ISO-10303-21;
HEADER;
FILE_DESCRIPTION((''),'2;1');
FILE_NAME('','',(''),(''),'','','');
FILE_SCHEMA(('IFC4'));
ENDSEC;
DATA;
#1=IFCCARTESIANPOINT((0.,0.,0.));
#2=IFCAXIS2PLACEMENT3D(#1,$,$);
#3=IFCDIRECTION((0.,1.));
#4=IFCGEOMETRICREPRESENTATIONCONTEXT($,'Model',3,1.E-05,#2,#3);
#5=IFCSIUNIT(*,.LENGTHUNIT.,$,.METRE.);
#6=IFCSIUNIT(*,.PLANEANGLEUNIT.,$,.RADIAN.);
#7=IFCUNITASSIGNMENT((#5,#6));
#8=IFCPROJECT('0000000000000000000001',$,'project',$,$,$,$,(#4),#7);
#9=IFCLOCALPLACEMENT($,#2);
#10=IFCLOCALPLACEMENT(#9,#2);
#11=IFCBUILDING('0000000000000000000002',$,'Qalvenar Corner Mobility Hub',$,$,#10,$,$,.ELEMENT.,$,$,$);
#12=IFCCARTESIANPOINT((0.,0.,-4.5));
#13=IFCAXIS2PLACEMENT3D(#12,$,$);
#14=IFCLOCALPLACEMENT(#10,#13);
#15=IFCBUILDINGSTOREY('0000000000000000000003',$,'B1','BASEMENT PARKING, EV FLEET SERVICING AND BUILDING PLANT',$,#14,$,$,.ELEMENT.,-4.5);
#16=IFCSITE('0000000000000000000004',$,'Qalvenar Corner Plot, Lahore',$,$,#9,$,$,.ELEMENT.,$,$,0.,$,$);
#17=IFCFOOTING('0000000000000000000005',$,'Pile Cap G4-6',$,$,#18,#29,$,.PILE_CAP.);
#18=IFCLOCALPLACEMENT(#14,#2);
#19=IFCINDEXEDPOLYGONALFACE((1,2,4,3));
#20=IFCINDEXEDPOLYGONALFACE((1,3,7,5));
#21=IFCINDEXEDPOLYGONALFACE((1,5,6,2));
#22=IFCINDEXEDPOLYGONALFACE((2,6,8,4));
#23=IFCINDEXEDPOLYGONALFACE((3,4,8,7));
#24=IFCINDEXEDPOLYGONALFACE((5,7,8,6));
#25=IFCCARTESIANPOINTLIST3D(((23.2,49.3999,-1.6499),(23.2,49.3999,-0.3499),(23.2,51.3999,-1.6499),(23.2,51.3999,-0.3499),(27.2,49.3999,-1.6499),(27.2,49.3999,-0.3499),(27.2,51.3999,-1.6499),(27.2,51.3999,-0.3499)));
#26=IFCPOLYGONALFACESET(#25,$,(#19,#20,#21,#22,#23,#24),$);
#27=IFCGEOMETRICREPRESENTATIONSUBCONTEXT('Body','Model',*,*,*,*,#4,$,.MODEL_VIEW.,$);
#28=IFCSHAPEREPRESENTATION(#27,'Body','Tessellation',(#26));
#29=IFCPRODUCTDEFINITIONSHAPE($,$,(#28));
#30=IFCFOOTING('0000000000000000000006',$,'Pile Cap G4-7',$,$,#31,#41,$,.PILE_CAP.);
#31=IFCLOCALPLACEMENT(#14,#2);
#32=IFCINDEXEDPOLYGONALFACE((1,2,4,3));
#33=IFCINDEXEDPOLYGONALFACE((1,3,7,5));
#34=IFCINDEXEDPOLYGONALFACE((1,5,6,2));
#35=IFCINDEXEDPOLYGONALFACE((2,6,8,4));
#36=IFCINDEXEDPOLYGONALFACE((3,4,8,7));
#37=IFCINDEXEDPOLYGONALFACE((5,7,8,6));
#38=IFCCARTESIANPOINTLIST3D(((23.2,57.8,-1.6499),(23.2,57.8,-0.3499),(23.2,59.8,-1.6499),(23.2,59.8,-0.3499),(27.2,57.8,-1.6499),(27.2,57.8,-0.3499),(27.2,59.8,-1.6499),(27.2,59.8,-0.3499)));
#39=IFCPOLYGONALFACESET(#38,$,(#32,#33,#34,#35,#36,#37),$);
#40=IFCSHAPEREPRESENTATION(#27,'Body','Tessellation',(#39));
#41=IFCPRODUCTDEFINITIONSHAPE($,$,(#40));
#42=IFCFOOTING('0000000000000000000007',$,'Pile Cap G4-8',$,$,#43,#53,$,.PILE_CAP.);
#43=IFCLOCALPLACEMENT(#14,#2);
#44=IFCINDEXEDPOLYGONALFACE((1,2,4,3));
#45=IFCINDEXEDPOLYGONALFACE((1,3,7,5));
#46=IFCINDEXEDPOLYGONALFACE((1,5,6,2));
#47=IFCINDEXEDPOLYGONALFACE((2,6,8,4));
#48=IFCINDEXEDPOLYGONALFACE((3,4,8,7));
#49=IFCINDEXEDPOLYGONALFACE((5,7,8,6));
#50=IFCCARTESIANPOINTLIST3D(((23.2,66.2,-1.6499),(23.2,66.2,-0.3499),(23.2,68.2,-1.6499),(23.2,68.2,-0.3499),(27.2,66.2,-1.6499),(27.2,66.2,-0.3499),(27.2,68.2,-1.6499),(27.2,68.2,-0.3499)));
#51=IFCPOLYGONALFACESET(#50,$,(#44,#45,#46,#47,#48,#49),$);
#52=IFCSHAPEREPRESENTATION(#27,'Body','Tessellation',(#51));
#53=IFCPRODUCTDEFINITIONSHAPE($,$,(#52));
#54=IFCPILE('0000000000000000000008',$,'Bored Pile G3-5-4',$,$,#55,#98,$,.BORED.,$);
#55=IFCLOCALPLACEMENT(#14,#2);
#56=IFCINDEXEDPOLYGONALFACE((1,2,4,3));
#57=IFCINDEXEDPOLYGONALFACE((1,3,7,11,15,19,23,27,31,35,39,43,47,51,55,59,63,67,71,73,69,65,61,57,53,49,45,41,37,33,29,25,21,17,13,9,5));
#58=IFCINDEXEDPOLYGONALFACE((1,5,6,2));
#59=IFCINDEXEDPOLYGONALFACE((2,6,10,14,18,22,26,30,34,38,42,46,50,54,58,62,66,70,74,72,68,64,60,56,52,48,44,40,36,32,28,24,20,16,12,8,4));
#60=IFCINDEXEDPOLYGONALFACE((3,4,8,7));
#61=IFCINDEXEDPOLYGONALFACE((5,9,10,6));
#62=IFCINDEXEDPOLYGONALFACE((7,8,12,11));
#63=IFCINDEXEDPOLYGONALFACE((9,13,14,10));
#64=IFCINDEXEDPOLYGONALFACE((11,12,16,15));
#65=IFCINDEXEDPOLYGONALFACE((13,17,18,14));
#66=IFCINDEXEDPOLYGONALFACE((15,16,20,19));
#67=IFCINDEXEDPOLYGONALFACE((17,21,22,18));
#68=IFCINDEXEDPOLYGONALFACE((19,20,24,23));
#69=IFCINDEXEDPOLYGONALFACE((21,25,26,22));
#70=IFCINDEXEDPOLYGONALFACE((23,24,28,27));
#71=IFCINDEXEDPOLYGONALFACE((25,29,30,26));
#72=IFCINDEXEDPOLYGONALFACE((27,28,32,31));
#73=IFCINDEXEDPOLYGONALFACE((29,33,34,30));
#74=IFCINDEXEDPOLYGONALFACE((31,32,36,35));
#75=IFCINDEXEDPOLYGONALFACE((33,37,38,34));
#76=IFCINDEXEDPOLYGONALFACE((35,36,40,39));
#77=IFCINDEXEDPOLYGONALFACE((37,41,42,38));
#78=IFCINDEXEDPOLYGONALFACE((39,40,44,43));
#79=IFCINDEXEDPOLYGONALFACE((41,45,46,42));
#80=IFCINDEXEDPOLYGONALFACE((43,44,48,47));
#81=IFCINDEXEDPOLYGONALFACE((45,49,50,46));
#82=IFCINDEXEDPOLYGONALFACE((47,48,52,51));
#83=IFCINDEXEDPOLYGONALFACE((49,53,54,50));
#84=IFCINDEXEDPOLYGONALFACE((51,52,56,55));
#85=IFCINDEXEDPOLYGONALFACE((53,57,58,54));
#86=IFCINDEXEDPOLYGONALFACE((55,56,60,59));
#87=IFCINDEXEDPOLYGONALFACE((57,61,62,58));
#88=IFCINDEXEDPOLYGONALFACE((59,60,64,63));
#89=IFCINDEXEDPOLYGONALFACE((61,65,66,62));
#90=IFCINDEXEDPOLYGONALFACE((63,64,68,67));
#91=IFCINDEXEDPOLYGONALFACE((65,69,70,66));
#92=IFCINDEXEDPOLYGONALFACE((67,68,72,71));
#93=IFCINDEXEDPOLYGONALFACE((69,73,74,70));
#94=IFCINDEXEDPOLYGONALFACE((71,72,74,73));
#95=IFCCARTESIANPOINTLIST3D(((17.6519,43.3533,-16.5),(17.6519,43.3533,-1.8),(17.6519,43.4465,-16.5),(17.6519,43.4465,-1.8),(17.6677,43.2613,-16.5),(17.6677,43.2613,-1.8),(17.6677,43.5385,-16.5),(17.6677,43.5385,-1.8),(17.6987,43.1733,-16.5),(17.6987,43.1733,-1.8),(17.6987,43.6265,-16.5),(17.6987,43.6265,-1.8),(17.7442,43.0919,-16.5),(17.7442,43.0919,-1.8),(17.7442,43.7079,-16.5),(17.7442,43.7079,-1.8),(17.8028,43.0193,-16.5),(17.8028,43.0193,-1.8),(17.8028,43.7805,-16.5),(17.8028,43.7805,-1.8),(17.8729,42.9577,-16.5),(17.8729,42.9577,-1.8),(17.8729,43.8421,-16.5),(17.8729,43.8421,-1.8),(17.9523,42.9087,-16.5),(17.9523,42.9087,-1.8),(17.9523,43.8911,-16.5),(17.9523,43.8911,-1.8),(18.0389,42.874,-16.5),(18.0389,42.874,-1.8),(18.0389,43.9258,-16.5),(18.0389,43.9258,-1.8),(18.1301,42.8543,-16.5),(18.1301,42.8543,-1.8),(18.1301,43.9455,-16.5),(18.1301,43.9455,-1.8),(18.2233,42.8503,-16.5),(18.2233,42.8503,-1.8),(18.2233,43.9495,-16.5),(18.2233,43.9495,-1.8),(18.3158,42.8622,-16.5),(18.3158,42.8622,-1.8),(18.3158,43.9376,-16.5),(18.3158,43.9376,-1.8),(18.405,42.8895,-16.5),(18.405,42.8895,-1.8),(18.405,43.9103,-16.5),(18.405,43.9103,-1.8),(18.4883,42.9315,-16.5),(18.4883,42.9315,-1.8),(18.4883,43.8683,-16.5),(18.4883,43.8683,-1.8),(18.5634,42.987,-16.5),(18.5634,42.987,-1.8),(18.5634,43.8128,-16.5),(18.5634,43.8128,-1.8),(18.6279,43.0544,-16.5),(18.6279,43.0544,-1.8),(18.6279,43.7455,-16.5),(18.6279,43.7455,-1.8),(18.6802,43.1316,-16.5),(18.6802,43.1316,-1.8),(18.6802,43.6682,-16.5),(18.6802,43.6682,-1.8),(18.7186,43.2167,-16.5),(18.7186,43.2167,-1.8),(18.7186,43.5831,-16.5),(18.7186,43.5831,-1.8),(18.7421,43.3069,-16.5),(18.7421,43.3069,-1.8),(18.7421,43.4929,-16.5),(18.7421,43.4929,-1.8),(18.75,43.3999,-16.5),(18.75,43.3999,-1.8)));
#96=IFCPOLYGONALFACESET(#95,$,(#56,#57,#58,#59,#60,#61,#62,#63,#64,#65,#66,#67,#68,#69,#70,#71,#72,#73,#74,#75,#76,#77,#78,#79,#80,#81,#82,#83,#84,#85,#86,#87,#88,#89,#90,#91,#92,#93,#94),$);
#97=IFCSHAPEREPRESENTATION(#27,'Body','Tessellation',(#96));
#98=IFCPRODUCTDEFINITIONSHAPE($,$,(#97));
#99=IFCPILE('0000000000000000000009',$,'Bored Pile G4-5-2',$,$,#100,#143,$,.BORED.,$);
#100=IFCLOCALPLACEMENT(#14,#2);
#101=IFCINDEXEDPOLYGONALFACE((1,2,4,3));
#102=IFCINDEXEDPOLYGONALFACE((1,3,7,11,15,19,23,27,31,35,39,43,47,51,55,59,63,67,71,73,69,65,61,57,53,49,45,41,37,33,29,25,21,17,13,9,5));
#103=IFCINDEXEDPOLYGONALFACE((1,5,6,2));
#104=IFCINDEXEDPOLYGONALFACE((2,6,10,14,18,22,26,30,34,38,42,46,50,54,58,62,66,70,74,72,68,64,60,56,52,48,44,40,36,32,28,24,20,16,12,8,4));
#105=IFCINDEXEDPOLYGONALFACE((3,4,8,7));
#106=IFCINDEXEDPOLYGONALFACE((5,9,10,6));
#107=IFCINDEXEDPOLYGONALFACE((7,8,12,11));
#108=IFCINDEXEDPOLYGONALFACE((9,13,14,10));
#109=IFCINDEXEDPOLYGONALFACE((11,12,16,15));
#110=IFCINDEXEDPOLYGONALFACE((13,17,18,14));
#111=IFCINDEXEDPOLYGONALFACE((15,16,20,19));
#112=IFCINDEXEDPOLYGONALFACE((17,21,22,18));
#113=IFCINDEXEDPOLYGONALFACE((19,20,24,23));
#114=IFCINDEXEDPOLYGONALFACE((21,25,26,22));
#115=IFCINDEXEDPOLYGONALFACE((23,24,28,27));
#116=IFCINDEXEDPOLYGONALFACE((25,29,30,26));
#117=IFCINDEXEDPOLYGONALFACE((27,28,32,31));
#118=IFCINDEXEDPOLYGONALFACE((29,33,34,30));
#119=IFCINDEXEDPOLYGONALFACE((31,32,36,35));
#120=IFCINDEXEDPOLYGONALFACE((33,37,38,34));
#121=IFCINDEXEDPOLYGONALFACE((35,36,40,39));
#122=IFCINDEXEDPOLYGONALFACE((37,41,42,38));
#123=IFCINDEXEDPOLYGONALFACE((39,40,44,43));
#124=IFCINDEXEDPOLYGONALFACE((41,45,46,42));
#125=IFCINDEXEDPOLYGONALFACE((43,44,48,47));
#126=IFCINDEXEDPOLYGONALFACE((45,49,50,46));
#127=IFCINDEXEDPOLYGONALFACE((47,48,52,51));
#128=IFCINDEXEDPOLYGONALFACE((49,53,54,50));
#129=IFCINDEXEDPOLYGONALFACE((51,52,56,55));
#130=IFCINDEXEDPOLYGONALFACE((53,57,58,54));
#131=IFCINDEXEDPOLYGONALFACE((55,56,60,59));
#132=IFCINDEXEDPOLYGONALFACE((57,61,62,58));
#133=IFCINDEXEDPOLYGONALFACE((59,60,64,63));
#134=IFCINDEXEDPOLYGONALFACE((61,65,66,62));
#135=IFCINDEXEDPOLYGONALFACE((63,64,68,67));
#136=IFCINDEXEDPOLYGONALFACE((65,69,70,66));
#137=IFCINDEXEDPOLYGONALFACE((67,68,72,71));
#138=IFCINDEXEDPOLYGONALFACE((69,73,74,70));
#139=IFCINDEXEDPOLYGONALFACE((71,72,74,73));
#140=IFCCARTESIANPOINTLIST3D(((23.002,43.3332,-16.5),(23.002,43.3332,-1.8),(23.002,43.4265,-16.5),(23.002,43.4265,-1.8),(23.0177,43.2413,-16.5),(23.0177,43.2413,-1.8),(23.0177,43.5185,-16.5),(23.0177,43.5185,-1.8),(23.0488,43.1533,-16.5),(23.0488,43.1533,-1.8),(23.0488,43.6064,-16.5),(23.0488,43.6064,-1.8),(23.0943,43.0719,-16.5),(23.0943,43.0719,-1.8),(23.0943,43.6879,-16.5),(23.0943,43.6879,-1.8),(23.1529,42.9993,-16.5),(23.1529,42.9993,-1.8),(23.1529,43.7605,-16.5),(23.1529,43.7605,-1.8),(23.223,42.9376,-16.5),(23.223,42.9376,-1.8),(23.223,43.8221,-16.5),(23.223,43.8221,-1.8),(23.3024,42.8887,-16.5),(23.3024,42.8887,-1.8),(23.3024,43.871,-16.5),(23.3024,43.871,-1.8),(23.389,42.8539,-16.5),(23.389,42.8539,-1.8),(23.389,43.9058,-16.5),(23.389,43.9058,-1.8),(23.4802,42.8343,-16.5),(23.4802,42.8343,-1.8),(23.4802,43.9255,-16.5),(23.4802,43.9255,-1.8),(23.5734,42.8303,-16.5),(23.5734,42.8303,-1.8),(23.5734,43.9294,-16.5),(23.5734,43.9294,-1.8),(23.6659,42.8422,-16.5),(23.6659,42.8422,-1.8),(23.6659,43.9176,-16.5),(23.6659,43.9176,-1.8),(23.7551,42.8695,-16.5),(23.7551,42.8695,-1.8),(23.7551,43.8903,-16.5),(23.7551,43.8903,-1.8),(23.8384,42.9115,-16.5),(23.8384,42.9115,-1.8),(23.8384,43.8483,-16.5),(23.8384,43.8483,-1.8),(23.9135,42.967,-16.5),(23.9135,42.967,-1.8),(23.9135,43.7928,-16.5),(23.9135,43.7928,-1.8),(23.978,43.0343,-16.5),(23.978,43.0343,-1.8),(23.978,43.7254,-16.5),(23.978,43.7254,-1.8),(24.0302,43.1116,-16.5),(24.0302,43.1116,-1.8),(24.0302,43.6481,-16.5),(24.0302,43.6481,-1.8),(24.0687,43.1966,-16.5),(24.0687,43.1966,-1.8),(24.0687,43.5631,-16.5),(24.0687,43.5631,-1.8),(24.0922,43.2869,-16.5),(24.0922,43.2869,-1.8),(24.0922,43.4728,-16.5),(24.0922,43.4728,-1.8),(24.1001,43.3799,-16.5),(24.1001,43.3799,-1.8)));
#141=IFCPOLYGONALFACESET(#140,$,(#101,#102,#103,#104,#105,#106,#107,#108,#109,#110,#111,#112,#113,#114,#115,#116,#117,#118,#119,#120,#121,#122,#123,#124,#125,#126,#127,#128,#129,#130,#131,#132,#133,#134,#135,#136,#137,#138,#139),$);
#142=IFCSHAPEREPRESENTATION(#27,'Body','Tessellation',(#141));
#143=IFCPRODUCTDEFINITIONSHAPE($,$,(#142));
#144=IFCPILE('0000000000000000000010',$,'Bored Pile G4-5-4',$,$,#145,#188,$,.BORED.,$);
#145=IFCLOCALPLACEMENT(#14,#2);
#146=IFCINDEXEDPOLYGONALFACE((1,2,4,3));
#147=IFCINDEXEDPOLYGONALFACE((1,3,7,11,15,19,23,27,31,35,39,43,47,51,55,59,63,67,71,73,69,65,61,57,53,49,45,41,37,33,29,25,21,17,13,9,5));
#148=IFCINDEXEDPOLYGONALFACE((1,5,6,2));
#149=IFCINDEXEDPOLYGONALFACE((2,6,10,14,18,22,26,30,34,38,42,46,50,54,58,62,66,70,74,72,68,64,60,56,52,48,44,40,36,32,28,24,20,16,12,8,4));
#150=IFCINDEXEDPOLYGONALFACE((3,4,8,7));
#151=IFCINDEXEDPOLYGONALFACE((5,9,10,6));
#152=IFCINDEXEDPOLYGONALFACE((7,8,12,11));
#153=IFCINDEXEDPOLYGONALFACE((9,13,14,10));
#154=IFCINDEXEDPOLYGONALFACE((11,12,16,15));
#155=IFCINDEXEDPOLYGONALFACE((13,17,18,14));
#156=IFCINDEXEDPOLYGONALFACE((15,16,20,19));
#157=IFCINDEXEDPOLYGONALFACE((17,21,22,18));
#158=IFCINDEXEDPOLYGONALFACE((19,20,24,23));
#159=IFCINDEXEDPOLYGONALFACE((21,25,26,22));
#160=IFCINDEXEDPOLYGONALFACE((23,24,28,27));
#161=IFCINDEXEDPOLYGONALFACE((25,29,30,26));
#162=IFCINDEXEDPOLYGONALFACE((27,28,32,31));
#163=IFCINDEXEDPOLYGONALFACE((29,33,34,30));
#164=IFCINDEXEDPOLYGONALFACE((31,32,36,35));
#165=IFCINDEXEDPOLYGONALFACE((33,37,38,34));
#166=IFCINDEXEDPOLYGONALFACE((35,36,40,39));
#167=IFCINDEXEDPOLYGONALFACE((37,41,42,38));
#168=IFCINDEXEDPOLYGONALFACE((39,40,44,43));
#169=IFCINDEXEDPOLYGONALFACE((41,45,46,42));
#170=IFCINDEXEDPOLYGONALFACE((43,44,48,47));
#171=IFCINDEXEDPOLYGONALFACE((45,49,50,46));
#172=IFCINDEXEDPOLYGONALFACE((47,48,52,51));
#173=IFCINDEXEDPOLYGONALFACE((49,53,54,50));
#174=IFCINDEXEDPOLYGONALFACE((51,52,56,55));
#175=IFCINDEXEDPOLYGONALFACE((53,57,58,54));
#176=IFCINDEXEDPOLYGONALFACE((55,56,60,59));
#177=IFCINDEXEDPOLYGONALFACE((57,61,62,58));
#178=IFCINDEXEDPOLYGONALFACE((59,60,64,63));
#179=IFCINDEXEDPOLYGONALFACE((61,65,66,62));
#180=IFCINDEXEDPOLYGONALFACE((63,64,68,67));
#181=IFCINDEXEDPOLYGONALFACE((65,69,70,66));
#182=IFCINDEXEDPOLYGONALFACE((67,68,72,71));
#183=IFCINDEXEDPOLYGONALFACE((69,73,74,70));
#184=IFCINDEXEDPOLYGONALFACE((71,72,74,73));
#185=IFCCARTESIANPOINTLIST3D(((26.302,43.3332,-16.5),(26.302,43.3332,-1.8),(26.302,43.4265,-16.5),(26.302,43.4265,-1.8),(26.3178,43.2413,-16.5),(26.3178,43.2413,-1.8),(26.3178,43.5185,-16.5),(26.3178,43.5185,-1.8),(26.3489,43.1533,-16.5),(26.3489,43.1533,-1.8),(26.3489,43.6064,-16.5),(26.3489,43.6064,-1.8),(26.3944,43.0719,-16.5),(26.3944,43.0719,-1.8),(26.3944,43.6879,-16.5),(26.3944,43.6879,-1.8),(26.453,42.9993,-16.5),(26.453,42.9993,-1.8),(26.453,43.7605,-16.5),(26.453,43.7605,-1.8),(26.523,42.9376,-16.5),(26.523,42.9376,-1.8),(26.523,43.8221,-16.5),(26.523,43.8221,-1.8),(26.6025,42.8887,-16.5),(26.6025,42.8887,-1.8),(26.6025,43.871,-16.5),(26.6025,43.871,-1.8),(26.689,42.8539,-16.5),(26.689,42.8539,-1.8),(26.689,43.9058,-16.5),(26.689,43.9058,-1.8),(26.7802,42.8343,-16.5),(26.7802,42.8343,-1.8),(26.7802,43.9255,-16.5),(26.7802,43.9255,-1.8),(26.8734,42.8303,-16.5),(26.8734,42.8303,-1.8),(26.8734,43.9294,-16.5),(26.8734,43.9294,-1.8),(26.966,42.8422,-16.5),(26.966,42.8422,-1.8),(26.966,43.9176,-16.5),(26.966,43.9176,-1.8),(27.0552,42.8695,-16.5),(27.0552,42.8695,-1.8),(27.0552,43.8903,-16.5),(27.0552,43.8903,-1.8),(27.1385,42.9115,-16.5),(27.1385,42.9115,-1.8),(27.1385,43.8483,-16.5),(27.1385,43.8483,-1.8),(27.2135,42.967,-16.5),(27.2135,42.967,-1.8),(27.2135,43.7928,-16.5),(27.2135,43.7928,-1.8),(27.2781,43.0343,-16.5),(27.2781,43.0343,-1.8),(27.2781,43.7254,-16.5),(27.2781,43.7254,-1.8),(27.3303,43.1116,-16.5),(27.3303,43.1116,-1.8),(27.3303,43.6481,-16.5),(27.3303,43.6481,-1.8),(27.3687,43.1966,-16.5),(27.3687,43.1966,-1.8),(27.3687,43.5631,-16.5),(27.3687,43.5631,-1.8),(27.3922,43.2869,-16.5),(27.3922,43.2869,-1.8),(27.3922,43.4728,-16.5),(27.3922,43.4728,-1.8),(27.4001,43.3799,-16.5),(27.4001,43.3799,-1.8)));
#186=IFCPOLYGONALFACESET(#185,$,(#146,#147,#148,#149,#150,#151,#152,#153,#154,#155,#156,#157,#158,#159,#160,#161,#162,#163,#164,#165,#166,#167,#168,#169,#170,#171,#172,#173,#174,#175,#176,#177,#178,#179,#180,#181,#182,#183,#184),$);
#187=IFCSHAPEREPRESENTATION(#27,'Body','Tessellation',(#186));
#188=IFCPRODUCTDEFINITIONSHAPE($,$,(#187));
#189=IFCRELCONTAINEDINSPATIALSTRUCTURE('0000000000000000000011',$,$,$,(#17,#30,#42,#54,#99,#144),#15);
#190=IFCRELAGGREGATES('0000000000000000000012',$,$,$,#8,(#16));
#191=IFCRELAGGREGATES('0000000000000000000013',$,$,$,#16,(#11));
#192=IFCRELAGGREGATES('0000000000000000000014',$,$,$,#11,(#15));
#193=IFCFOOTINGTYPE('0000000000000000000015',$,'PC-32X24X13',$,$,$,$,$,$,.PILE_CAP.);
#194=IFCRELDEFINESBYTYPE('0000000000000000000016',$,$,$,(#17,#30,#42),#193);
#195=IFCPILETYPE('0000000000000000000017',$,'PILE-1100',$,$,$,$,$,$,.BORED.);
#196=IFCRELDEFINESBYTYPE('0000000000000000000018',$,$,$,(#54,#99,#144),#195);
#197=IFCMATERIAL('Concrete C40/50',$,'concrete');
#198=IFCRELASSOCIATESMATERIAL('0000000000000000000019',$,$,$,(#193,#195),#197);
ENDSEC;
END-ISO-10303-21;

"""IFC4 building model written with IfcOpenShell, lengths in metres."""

from ifc_helpers import new_model, si_unit, direction, frame, origin, origin_2d, place, context, subcontext, project, spatial, rectangle, circle, extrude, material, material_profile, profile_set, type_object, element, save


model = new_model("IFC4")

# Units and contexts
model_context = context("Model", 3, precision=1e-05, world=origin(), true_north=direction((0.0, 1.0)))
body_context = subcontext(model_context, "Body", "Model", "MODEL_VIEW")
ifc_project = project(units=[si_unit("LENGTHUNIT", "METRE"), si_unit("PLANEANGLEUNIT", "RADIAN")], contexts=[model_context])

# Site, building, storey
site_placement = place(None, origin())
site = spatial("IfcSite", under=ifc_project, at=site_placement, Name="Qalvenar Corner Plot, Lahore", CompositionType="ELEMENT", RefElevation=0.0)
building_placement = place(site_placement, origin())
building = spatial("IfcBuilding", under=site, at=building_placement, Name="Qalvenar Corner Mobility Hub", CompositionType="ELEMENT")
storey_placement = place(building_placement, frame((0.0, 0.0, -4.5)))
storey = spatial("IfcBuildingStorey", under=building, at=storey_placement, Name="B1", Description="BASEMENT PARKING, EV FLEET SERVICING AND BUILDING PLANT", CompositionType="ELEMENT", Elevation=-4.5)

# Footings
ifc_material_1 = material(Name="Concrete C40/50", Category="concrete")
footing_type_1 = type_object("IfcFootingType", Name="PC-32X24X13", PredefinedType="PILE_CAP", material=ifc_material_1)
for number, where, z_axis, x_axis, name in (
    (1, (25.2, 50.3999, -1.6499), (0.0, 0.0, 1.0), (1.0, 0.0, 0.0), "Pile Cap G4-6"),
    (2, (25.2, 58.8, -1.6499), (0.0, 0.0, 1.0), (1.0, 0.0, 0.0), "Pile Cap G4-7"),
    (3, (25.2, 67.2, -1.6499), (0.0, 0.0, 1.0), (1.0, 0.0, 0.0), "Pile Cap G4-8"),
):
    element("IfcFooting", number, at=place(storey_placement, frame(where, z_axis=z_axis, x_axis=x_axis)), inside=storey, type_object=footing_type_1, Name=name, PredefinedType="PILE_CAP", context=body_context, shape_type="SweptSolid", body=[
        extrude(rectangle(XDim=4.0, YDim=2.0, at=origin_2d()), origin(), (0.0, 0.0, 1.0), 1.3),
    ])

# Piles
ifc_material_profile_1 = material_profile(ifc_material_1, circle(Radius=0.55, at=origin_2d()), Name="DIA1100")
ifc_profile_set_1 = profile_set([ifc_material_profile_1], Name="Concrete C40/50")
pile_type_1 = type_object("IfcPileType", Name="PILE-1100", PredefinedType="BORED", material=ifc_profile_set_1)
for number, where, z_axis, x_axis, name in (
    (4, (18.2, 43.3999, -1.8), (0.0, 0.0, -1.0), (1.0, 0.0, 0.0), "Bored Pile G3-5-4"),
    (5, (23.55, 43.3799, -1.8), (0.0, 0.0, -1.0), (1.0, 0.0, 0.0), "Bored Pile G4-5-2"),
    (6, (26.8501, 43.3799, -1.8), (0.0, 0.0, -1.0), (1.0, 0.0, 0.0), "Bored Pile G4-5-4"),
):
    element("IfcPile", number, at=place(storey_placement, frame(where, z_axis=z_axis, x_axis=x_axis)), inside=storey, type_object=pile_type_1, Name=name, PredefinedType="BORED", context=body_context, shape_type="SweptSolid", body=[
        extrude(circle(Radius=0.55, at=origin_2d()), origin(), (0.0, 0.0, 1.0), 14.7),
    ])

save(model, "model.ifc")
